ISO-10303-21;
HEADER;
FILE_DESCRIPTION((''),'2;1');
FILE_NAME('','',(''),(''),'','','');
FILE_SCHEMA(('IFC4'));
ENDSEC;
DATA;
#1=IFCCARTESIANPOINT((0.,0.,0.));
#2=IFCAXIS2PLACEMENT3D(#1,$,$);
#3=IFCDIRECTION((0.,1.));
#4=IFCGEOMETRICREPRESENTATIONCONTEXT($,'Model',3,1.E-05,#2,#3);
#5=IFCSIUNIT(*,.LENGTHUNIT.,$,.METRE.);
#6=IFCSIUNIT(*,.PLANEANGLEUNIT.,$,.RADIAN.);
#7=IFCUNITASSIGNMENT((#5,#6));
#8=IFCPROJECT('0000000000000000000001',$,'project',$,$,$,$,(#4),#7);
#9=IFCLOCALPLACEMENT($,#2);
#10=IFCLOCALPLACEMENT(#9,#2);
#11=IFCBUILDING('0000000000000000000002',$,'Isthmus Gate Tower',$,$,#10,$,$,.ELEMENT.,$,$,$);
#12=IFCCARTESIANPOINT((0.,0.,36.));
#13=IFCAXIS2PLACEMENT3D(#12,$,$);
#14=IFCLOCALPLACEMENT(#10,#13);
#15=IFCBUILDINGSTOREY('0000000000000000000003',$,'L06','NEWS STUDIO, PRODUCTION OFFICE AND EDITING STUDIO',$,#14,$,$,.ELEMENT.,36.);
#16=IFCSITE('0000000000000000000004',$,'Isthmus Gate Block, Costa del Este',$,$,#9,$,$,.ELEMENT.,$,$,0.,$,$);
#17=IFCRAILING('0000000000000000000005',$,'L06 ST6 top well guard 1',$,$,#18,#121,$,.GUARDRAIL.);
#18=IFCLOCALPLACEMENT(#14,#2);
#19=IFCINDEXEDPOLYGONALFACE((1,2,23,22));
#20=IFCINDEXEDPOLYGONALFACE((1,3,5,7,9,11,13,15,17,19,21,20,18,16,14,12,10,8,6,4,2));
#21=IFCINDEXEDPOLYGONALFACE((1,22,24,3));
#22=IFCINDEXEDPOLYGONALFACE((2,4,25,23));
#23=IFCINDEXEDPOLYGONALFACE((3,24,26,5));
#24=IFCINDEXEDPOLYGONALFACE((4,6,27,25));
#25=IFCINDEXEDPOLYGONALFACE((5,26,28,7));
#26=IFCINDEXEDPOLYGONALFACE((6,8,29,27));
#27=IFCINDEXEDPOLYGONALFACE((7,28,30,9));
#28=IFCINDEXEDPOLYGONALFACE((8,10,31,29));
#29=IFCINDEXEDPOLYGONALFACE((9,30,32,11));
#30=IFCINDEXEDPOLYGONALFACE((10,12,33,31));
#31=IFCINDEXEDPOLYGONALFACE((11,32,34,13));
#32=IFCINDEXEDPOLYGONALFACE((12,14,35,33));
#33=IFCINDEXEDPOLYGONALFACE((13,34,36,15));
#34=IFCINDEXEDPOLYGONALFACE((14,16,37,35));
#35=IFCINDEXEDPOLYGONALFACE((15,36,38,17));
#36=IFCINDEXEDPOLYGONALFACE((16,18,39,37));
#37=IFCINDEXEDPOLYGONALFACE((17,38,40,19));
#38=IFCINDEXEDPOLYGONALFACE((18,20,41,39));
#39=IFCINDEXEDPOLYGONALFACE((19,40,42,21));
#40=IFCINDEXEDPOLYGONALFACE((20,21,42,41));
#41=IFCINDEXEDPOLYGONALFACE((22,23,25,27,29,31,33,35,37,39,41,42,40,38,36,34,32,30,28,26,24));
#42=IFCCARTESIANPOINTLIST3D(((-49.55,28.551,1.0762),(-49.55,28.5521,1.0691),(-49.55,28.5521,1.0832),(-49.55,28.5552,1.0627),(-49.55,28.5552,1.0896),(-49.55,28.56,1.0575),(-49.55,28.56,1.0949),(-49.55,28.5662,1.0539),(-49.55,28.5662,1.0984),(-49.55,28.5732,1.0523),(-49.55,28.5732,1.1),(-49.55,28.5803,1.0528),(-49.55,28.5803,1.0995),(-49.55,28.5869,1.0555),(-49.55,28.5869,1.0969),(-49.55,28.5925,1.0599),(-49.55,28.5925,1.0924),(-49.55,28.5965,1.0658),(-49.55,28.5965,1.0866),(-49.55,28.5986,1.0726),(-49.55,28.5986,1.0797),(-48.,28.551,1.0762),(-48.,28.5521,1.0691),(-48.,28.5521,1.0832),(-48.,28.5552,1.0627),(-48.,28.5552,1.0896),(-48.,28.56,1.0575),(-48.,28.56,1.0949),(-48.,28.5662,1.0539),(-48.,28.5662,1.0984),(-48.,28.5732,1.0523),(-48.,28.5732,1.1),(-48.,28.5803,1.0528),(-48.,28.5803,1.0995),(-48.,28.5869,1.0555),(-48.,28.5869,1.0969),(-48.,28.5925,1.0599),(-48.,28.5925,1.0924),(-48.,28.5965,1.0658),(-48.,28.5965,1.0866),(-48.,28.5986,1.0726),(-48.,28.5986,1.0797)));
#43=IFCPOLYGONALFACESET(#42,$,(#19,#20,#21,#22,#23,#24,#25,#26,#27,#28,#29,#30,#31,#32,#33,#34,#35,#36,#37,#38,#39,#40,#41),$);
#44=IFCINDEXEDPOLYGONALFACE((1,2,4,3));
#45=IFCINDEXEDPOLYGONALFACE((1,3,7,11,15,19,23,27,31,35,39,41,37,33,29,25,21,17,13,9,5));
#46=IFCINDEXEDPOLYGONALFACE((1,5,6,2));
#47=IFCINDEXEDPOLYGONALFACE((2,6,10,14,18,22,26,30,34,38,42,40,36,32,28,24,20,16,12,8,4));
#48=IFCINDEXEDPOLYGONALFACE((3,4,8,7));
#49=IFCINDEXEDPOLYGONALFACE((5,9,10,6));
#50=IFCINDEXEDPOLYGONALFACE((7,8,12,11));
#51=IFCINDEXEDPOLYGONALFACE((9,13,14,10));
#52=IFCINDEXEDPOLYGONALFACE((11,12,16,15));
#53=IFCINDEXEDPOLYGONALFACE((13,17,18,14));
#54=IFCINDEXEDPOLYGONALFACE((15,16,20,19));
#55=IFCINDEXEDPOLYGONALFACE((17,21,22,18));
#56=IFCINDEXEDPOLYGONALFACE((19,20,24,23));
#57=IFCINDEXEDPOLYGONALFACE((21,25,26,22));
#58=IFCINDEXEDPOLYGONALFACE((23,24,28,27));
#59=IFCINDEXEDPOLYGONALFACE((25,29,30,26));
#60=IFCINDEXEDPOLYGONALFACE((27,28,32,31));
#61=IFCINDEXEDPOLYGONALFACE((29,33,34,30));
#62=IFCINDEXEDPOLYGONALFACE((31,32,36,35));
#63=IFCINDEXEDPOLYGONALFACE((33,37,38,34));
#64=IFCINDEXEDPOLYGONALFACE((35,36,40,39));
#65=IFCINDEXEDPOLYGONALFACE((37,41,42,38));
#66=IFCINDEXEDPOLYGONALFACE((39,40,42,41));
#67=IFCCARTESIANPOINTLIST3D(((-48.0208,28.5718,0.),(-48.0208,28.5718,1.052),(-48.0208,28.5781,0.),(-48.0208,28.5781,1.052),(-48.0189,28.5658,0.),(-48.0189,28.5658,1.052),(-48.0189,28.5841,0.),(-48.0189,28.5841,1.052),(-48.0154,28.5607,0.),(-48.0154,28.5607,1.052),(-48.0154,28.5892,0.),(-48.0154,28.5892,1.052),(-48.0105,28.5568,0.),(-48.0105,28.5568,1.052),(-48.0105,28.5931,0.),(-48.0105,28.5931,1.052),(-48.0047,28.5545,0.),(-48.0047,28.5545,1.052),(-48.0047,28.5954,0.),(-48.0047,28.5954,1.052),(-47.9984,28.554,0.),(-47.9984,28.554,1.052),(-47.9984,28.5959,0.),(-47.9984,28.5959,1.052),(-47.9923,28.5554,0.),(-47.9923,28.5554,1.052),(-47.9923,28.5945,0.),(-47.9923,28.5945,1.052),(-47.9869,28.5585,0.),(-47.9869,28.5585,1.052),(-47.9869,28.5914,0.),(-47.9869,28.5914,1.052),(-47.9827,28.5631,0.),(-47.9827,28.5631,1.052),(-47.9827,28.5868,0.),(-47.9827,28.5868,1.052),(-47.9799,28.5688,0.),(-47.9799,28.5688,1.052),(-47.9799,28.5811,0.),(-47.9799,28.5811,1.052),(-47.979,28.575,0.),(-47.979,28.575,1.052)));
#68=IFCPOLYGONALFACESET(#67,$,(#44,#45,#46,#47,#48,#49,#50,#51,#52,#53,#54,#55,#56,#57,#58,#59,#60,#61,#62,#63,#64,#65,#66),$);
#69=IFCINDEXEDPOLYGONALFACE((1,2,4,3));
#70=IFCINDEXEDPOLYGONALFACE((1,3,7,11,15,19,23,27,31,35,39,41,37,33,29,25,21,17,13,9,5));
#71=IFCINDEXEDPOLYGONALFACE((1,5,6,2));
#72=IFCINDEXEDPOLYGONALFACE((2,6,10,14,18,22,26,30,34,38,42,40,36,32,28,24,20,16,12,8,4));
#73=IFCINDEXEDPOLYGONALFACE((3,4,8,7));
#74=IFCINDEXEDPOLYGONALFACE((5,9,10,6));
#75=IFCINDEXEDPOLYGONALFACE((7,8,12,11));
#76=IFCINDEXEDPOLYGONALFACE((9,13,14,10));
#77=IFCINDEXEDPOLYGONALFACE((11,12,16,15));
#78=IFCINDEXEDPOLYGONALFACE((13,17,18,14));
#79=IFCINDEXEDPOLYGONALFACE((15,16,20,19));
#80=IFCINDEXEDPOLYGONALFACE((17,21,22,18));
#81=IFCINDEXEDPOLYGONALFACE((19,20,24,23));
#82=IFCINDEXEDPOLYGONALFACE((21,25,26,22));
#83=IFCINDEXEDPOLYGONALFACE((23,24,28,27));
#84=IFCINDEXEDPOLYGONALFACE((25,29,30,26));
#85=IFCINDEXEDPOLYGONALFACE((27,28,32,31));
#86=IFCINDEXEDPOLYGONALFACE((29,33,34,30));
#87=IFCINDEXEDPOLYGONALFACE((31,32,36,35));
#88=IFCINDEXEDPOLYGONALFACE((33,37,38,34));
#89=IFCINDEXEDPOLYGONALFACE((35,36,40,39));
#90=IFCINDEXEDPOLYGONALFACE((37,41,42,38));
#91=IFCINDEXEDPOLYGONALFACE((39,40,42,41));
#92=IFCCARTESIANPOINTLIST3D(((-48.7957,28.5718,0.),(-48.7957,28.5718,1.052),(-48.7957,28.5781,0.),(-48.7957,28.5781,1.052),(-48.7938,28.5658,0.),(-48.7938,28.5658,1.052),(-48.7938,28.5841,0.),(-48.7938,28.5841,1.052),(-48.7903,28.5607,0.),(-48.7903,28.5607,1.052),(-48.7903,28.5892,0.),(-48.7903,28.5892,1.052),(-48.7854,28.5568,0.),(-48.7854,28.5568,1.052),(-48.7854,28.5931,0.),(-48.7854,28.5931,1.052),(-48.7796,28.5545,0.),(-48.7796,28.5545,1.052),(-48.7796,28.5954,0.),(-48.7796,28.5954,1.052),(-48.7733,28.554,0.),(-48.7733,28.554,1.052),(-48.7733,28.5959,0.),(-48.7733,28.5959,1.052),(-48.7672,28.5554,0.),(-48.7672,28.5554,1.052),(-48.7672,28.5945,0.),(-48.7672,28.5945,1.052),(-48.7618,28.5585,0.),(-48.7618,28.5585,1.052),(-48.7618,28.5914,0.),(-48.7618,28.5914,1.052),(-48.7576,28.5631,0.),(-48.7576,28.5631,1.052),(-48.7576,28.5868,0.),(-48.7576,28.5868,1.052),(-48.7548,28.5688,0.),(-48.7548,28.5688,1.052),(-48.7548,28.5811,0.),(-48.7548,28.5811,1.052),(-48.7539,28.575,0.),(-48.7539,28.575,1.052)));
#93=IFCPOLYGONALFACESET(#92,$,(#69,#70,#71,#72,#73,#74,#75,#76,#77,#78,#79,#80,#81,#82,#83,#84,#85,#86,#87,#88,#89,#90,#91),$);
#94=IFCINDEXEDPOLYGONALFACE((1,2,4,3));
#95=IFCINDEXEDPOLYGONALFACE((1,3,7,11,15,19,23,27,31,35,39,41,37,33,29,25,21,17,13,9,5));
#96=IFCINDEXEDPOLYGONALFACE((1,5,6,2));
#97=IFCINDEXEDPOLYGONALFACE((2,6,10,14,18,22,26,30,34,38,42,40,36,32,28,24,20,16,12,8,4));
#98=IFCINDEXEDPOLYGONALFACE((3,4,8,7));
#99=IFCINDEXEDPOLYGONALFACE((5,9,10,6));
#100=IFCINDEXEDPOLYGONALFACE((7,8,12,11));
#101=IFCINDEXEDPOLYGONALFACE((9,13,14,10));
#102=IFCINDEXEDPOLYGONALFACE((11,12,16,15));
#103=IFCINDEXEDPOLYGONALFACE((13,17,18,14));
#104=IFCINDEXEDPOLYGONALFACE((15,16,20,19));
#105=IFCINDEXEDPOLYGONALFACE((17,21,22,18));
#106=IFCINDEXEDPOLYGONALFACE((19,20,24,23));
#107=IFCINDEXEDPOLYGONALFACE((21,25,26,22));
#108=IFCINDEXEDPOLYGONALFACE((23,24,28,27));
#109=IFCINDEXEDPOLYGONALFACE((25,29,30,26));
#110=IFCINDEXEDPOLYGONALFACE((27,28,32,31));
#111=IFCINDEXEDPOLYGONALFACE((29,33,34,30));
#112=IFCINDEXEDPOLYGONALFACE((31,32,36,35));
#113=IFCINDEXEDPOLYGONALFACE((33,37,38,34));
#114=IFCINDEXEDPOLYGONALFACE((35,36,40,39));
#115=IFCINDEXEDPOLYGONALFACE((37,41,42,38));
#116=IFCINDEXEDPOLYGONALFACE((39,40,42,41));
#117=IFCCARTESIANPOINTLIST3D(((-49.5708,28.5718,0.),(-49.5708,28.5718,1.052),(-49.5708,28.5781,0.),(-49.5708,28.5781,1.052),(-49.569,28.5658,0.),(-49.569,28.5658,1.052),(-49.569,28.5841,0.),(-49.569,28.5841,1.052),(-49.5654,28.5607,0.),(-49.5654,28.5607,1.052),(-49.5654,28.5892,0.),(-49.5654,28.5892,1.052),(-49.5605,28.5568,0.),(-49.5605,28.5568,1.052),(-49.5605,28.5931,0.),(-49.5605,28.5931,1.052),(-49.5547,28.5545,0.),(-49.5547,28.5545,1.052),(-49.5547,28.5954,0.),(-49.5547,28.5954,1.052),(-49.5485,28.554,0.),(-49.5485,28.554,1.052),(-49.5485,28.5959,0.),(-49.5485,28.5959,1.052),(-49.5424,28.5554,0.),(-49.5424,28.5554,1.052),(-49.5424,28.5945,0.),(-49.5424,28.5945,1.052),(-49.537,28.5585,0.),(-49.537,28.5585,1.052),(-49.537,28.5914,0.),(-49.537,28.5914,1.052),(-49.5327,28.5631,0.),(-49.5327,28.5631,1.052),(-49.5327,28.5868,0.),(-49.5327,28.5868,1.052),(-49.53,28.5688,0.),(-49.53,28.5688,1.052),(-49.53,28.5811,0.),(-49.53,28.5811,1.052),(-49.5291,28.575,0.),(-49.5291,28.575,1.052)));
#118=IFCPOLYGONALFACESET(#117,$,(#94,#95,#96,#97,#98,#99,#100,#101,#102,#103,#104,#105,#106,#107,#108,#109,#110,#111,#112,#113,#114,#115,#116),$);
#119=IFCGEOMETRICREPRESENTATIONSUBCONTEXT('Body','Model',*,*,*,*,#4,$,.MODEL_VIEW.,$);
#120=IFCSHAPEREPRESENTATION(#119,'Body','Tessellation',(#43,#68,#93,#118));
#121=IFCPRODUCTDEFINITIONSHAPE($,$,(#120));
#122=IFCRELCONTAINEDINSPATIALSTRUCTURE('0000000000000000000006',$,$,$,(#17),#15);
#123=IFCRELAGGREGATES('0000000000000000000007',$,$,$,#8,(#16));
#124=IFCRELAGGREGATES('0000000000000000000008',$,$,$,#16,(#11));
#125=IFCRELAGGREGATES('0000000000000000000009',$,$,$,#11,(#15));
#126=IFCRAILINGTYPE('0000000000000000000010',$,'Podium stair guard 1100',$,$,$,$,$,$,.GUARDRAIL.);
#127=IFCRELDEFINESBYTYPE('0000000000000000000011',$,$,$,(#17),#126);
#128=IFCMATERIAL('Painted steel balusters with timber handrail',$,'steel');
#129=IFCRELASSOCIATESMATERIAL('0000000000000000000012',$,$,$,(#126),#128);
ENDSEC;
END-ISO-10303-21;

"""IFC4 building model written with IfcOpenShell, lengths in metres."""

from ifc_helpers import new_model, si_unit, direction, frame, origin, origin_2d, place, context, subcontext, project, spatial, circle, extrude, material, type_object, element, save


model = new_model("IFC4")

# Units and contexts
model_context = context("Model", 3, precision=1e-05, world=origin(), true_north=direction((0.0, 1.0)))
body_context = subcontext(model_context, "Body", "Model", "MODEL_VIEW")
ifc_project = project(units=[si_unit("LENGTHUNIT", "METRE"), si_unit("PLANEANGLEUNIT", "RADIAN")], contexts=[model_context])

# Site, building, storey
site_placement = place(None, origin())
site = spatial("IfcSite", under=ifc_project, at=site_placement, Name="Isthmus Gate Block, Costa del Este", CompositionType="ELEMENT", RefElevation=0.0)
building_placement = place(site_placement, origin())
building = spatial("IfcBuilding", under=site, at=building_placement, Name="Isthmus Gate Tower", CompositionType="ELEMENT")
storey_placement = place(building_placement, frame((0.0, 0.0, 36.0)))
storey = spatial("IfcBuildingStorey", under=building, at=storey_placement, Name="L06", Description="NEWS STUDIO, PRODUCTION OFFICE AND EDITING STUDIO", CompositionType="ELEMENT", Elevation=36.0)

# Railing
ifc_material_1 = material(Name="Painted steel balusters with timber handrail", Category="steel")
railing_type_1 = type_object("IfcRailingType", Name="Podium stair guard 1100", PredefinedType="GUARDRAIL", material=ifc_material_1)
railing_1_placement = place(storey_placement, frame((-48.0, 28.575, 0.0)))
element("IfcRailing", 1, at=railing_1_placement, inside=storey, type_object=railing_type_1, Name="L06 ST6 top well guard 1", PredefinedType="GUARDRAIL", context=body_context, shape_type="SweptSolid", body=[
    extrude(circle(Radius=0.0239, at=origin_2d()), frame((0.0, 0.0, 1.0762), z_axis=(-1.0, 0.0, 0.0), x_axis=(0.0, -1.0, 0.0)), (0.0, 0.0, 1.0), 1.55),
    extrude(circle(Radius=0.021, at=origin_2d()), origin(), (0.0, 0.0, 1.0), 1.052),
    extrude(circle(Radius=0.021, at=origin_2d()), frame((-0.7749, 0.0, 0.0)), (0.0, 0.0, 1.0), 1.052),
    extrude(circle(Radius=0.021, at=origin_2d()), frame((-1.55, 0.0, 0.0)), (0.0, 0.0, 1.0), 1.052),
])

save(model, "model.ifc")
